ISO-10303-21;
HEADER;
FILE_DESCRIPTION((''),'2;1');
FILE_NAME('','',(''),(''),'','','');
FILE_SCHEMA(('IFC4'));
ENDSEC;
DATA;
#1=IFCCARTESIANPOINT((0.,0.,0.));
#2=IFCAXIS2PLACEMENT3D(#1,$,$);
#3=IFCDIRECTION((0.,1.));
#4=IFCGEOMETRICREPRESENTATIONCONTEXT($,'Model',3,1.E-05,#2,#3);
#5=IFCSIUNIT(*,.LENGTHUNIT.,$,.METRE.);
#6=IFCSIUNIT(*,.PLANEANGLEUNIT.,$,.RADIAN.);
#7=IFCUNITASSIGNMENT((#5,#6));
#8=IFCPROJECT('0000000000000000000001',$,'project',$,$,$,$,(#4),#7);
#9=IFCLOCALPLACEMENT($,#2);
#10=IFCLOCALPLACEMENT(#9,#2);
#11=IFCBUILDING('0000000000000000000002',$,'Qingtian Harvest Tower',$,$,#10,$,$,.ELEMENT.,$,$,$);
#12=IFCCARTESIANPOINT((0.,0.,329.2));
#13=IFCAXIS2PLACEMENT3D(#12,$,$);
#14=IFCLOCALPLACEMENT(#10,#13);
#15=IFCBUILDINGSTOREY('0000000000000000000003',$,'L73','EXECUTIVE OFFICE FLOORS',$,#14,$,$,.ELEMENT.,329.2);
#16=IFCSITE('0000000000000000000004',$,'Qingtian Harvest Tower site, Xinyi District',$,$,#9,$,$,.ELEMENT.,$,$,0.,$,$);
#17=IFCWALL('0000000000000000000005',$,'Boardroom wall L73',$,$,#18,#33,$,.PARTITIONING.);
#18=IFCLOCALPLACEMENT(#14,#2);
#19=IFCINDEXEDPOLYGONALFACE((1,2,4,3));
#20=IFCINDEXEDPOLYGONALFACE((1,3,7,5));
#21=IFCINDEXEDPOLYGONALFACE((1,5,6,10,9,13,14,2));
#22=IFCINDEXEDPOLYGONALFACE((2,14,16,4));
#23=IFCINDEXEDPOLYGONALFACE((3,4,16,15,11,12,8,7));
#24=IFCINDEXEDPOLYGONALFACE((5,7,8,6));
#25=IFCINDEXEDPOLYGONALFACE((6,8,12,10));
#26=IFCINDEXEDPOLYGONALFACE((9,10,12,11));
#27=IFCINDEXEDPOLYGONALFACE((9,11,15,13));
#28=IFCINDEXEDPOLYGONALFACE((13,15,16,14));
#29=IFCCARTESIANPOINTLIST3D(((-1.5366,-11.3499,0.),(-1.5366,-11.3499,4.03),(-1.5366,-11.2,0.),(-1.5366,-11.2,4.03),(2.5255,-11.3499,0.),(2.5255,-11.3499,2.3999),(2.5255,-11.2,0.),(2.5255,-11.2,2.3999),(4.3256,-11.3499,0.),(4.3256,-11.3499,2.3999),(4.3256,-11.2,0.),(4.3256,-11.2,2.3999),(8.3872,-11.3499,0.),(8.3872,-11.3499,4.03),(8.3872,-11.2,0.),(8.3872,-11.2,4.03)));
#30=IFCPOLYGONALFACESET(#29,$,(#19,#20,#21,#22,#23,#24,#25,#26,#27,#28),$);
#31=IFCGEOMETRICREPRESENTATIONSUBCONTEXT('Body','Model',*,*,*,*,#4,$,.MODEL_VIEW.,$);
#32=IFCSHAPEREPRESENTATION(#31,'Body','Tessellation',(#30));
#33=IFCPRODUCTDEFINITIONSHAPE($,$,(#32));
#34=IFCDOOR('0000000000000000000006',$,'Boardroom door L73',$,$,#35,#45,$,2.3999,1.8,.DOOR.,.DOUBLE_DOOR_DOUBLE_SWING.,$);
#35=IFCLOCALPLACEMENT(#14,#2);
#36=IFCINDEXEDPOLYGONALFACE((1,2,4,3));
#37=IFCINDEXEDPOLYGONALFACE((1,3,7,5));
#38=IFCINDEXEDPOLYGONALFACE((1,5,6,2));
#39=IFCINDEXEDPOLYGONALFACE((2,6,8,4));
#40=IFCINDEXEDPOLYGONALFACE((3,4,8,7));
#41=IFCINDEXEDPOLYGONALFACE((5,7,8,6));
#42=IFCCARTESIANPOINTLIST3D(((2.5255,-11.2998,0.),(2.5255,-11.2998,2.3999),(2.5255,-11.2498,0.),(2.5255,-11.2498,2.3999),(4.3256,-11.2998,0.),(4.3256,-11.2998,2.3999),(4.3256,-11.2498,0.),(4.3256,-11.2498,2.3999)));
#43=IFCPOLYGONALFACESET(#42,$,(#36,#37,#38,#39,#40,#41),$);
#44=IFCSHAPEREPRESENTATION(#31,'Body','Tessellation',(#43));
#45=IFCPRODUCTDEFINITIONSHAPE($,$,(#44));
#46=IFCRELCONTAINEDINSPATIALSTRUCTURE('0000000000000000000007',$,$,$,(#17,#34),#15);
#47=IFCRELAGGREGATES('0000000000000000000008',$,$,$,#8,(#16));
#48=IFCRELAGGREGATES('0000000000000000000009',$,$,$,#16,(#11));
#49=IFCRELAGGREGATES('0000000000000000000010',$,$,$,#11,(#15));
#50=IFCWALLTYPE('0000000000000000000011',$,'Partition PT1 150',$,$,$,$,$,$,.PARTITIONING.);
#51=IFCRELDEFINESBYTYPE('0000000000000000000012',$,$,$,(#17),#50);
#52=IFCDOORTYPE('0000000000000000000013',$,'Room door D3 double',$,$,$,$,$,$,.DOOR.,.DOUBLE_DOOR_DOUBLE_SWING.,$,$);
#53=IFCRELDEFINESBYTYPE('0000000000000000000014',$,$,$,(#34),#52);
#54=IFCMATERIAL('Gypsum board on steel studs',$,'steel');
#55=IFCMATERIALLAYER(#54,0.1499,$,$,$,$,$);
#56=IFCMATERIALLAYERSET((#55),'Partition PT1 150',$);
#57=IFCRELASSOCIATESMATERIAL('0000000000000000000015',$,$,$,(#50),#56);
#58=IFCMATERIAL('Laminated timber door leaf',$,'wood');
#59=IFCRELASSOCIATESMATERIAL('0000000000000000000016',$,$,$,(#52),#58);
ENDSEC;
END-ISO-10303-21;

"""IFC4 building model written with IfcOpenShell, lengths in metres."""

from ifc_helpers import new_model, si_unit, direction, frame, frame_2d, origin, place, context, subcontext, project, spatial, rectangle, extrude, material, layer, layer_set, type_object, element, fill, save


model = new_model("IFC4")

# Units and contexts
model_context = context("Model", 3, precision=1e-05, world=origin(), true_north=direction((0.0, 1.0)))
body_context = subcontext(model_context, "Body", "Model", "MODEL_VIEW")
ifc_project = project(units=[si_unit("LENGTHUNIT", "METRE"), si_unit("PLANEANGLEUNIT", "RADIAN")], contexts=[model_context])

# Site, building, storey
site_placement = place(None, origin())
site = spatial("IfcSite", under=ifc_project, at=site_placement, Name="Qingtian Harvest Tower site, Xinyi District", CompositionType="ELEMENT", RefElevation=0.0)
building_placement = place(site_placement, origin())
building = spatial("IfcBuilding", under=site, at=building_placement, Name="Qingtian Harvest Tower", CompositionType="ELEMENT")
storey_placement = place(building_placement, frame((0.0, 0.0, 329.2)))
storey = spatial("IfcBuildingStorey", under=building, at=storey_placement, Name="L73", Description="EXECUTIVE OFFICE FLOORS", CompositionType="ELEMENT", Elevation=329.2)

# Wall, opening, door
ifc_material_1 = material(Name="Gypsum board on steel studs", Category="steel")
ifc_layer_1 = layer(ifc_material_1, 0.1499)
ifc_layer_set_1 = layer_set([ifc_layer_1], Name="Partition PT1 150")
wall_type_1 = type_object("IfcWallType", Name="Partition PT1 150", PredefinedType="PARTITIONING", material=ifc_layer_set_1)
wall_1_placement = place(storey_placement, frame((8.3872, -11.2749, 0.0), z_axis=(0.0, 0.0, 1.0), x_axis=(-1.0, 0.0, 0.0)))
wall_1 = element("IfcWall", 1, at=wall_1_placement, inside=storey, type_object=wall_type_1, Name="Boardroom wall L73", PredefinedType="PARTITIONING", context=body_context, shape_type="SweptSolid", body=[
    extrude(rectangle(XDim=9.9238, YDim=0.1499, at=frame_2d((4.9619, 0.0))), origin(), (0.0, 0.0, 1.0), 4.03),
])
opening_1_placement = place(wall_1_placement, frame((4.0618, 0.0, 0.0)))
opening_1 = element("IfcOpeningElement", 2, at=opening_1_placement, cuts=wall_1, PredefinedType="OPENING", context=body_context, shape_type="SweptSolid", body=[
    extrude(rectangle(XDim=1.8, YDim=2.3999, at=frame_2d((0.8999, 1.2))), frame((0.0, 0.085, 0.0), z_axis=(0.0, -1.0, 0.0), x_axis=(1.0, 0.0, 0.0)), (0.0, 0.0, 1.0), 0.1699),
])
ifc_material_2 = material(Name="Laminated timber door leaf", Category="wood")
door_type_1 = type_object("IfcDoorType", Name="Room door D3 double", OperationType="DOUBLE_DOOR_DOUBLE_SWING", PredefinedType="DOOR", material=ifc_material_2)
door_1_placement = place(opening_1_placement, origin())
door_1 = element("IfcDoor", 3, at=door_1_placement, inside=storey, type_object=door_type_1, Name="Boardroom door L73", OperationType="DOUBLE_DOOR_DOUBLE_SWING", OverallHeight=2.3999, OverallWidth=1.8, PredefinedType="DOOR", context=body_context, shape_type="SweptSolid", body=[
    extrude(rectangle(XDim=1.8, YDim=2.3999, at=frame_2d((0.8999, 1.2))), frame((0.0, 0.0249, 0.0), z_axis=(0.0, -1.0, 0.0), x_axis=(1.0, 0.0, 0.0)), (0.0, 0.0, 1.0), 0.05),
])
fill(opening_1, door_1)

save(model, "model.ifc")
